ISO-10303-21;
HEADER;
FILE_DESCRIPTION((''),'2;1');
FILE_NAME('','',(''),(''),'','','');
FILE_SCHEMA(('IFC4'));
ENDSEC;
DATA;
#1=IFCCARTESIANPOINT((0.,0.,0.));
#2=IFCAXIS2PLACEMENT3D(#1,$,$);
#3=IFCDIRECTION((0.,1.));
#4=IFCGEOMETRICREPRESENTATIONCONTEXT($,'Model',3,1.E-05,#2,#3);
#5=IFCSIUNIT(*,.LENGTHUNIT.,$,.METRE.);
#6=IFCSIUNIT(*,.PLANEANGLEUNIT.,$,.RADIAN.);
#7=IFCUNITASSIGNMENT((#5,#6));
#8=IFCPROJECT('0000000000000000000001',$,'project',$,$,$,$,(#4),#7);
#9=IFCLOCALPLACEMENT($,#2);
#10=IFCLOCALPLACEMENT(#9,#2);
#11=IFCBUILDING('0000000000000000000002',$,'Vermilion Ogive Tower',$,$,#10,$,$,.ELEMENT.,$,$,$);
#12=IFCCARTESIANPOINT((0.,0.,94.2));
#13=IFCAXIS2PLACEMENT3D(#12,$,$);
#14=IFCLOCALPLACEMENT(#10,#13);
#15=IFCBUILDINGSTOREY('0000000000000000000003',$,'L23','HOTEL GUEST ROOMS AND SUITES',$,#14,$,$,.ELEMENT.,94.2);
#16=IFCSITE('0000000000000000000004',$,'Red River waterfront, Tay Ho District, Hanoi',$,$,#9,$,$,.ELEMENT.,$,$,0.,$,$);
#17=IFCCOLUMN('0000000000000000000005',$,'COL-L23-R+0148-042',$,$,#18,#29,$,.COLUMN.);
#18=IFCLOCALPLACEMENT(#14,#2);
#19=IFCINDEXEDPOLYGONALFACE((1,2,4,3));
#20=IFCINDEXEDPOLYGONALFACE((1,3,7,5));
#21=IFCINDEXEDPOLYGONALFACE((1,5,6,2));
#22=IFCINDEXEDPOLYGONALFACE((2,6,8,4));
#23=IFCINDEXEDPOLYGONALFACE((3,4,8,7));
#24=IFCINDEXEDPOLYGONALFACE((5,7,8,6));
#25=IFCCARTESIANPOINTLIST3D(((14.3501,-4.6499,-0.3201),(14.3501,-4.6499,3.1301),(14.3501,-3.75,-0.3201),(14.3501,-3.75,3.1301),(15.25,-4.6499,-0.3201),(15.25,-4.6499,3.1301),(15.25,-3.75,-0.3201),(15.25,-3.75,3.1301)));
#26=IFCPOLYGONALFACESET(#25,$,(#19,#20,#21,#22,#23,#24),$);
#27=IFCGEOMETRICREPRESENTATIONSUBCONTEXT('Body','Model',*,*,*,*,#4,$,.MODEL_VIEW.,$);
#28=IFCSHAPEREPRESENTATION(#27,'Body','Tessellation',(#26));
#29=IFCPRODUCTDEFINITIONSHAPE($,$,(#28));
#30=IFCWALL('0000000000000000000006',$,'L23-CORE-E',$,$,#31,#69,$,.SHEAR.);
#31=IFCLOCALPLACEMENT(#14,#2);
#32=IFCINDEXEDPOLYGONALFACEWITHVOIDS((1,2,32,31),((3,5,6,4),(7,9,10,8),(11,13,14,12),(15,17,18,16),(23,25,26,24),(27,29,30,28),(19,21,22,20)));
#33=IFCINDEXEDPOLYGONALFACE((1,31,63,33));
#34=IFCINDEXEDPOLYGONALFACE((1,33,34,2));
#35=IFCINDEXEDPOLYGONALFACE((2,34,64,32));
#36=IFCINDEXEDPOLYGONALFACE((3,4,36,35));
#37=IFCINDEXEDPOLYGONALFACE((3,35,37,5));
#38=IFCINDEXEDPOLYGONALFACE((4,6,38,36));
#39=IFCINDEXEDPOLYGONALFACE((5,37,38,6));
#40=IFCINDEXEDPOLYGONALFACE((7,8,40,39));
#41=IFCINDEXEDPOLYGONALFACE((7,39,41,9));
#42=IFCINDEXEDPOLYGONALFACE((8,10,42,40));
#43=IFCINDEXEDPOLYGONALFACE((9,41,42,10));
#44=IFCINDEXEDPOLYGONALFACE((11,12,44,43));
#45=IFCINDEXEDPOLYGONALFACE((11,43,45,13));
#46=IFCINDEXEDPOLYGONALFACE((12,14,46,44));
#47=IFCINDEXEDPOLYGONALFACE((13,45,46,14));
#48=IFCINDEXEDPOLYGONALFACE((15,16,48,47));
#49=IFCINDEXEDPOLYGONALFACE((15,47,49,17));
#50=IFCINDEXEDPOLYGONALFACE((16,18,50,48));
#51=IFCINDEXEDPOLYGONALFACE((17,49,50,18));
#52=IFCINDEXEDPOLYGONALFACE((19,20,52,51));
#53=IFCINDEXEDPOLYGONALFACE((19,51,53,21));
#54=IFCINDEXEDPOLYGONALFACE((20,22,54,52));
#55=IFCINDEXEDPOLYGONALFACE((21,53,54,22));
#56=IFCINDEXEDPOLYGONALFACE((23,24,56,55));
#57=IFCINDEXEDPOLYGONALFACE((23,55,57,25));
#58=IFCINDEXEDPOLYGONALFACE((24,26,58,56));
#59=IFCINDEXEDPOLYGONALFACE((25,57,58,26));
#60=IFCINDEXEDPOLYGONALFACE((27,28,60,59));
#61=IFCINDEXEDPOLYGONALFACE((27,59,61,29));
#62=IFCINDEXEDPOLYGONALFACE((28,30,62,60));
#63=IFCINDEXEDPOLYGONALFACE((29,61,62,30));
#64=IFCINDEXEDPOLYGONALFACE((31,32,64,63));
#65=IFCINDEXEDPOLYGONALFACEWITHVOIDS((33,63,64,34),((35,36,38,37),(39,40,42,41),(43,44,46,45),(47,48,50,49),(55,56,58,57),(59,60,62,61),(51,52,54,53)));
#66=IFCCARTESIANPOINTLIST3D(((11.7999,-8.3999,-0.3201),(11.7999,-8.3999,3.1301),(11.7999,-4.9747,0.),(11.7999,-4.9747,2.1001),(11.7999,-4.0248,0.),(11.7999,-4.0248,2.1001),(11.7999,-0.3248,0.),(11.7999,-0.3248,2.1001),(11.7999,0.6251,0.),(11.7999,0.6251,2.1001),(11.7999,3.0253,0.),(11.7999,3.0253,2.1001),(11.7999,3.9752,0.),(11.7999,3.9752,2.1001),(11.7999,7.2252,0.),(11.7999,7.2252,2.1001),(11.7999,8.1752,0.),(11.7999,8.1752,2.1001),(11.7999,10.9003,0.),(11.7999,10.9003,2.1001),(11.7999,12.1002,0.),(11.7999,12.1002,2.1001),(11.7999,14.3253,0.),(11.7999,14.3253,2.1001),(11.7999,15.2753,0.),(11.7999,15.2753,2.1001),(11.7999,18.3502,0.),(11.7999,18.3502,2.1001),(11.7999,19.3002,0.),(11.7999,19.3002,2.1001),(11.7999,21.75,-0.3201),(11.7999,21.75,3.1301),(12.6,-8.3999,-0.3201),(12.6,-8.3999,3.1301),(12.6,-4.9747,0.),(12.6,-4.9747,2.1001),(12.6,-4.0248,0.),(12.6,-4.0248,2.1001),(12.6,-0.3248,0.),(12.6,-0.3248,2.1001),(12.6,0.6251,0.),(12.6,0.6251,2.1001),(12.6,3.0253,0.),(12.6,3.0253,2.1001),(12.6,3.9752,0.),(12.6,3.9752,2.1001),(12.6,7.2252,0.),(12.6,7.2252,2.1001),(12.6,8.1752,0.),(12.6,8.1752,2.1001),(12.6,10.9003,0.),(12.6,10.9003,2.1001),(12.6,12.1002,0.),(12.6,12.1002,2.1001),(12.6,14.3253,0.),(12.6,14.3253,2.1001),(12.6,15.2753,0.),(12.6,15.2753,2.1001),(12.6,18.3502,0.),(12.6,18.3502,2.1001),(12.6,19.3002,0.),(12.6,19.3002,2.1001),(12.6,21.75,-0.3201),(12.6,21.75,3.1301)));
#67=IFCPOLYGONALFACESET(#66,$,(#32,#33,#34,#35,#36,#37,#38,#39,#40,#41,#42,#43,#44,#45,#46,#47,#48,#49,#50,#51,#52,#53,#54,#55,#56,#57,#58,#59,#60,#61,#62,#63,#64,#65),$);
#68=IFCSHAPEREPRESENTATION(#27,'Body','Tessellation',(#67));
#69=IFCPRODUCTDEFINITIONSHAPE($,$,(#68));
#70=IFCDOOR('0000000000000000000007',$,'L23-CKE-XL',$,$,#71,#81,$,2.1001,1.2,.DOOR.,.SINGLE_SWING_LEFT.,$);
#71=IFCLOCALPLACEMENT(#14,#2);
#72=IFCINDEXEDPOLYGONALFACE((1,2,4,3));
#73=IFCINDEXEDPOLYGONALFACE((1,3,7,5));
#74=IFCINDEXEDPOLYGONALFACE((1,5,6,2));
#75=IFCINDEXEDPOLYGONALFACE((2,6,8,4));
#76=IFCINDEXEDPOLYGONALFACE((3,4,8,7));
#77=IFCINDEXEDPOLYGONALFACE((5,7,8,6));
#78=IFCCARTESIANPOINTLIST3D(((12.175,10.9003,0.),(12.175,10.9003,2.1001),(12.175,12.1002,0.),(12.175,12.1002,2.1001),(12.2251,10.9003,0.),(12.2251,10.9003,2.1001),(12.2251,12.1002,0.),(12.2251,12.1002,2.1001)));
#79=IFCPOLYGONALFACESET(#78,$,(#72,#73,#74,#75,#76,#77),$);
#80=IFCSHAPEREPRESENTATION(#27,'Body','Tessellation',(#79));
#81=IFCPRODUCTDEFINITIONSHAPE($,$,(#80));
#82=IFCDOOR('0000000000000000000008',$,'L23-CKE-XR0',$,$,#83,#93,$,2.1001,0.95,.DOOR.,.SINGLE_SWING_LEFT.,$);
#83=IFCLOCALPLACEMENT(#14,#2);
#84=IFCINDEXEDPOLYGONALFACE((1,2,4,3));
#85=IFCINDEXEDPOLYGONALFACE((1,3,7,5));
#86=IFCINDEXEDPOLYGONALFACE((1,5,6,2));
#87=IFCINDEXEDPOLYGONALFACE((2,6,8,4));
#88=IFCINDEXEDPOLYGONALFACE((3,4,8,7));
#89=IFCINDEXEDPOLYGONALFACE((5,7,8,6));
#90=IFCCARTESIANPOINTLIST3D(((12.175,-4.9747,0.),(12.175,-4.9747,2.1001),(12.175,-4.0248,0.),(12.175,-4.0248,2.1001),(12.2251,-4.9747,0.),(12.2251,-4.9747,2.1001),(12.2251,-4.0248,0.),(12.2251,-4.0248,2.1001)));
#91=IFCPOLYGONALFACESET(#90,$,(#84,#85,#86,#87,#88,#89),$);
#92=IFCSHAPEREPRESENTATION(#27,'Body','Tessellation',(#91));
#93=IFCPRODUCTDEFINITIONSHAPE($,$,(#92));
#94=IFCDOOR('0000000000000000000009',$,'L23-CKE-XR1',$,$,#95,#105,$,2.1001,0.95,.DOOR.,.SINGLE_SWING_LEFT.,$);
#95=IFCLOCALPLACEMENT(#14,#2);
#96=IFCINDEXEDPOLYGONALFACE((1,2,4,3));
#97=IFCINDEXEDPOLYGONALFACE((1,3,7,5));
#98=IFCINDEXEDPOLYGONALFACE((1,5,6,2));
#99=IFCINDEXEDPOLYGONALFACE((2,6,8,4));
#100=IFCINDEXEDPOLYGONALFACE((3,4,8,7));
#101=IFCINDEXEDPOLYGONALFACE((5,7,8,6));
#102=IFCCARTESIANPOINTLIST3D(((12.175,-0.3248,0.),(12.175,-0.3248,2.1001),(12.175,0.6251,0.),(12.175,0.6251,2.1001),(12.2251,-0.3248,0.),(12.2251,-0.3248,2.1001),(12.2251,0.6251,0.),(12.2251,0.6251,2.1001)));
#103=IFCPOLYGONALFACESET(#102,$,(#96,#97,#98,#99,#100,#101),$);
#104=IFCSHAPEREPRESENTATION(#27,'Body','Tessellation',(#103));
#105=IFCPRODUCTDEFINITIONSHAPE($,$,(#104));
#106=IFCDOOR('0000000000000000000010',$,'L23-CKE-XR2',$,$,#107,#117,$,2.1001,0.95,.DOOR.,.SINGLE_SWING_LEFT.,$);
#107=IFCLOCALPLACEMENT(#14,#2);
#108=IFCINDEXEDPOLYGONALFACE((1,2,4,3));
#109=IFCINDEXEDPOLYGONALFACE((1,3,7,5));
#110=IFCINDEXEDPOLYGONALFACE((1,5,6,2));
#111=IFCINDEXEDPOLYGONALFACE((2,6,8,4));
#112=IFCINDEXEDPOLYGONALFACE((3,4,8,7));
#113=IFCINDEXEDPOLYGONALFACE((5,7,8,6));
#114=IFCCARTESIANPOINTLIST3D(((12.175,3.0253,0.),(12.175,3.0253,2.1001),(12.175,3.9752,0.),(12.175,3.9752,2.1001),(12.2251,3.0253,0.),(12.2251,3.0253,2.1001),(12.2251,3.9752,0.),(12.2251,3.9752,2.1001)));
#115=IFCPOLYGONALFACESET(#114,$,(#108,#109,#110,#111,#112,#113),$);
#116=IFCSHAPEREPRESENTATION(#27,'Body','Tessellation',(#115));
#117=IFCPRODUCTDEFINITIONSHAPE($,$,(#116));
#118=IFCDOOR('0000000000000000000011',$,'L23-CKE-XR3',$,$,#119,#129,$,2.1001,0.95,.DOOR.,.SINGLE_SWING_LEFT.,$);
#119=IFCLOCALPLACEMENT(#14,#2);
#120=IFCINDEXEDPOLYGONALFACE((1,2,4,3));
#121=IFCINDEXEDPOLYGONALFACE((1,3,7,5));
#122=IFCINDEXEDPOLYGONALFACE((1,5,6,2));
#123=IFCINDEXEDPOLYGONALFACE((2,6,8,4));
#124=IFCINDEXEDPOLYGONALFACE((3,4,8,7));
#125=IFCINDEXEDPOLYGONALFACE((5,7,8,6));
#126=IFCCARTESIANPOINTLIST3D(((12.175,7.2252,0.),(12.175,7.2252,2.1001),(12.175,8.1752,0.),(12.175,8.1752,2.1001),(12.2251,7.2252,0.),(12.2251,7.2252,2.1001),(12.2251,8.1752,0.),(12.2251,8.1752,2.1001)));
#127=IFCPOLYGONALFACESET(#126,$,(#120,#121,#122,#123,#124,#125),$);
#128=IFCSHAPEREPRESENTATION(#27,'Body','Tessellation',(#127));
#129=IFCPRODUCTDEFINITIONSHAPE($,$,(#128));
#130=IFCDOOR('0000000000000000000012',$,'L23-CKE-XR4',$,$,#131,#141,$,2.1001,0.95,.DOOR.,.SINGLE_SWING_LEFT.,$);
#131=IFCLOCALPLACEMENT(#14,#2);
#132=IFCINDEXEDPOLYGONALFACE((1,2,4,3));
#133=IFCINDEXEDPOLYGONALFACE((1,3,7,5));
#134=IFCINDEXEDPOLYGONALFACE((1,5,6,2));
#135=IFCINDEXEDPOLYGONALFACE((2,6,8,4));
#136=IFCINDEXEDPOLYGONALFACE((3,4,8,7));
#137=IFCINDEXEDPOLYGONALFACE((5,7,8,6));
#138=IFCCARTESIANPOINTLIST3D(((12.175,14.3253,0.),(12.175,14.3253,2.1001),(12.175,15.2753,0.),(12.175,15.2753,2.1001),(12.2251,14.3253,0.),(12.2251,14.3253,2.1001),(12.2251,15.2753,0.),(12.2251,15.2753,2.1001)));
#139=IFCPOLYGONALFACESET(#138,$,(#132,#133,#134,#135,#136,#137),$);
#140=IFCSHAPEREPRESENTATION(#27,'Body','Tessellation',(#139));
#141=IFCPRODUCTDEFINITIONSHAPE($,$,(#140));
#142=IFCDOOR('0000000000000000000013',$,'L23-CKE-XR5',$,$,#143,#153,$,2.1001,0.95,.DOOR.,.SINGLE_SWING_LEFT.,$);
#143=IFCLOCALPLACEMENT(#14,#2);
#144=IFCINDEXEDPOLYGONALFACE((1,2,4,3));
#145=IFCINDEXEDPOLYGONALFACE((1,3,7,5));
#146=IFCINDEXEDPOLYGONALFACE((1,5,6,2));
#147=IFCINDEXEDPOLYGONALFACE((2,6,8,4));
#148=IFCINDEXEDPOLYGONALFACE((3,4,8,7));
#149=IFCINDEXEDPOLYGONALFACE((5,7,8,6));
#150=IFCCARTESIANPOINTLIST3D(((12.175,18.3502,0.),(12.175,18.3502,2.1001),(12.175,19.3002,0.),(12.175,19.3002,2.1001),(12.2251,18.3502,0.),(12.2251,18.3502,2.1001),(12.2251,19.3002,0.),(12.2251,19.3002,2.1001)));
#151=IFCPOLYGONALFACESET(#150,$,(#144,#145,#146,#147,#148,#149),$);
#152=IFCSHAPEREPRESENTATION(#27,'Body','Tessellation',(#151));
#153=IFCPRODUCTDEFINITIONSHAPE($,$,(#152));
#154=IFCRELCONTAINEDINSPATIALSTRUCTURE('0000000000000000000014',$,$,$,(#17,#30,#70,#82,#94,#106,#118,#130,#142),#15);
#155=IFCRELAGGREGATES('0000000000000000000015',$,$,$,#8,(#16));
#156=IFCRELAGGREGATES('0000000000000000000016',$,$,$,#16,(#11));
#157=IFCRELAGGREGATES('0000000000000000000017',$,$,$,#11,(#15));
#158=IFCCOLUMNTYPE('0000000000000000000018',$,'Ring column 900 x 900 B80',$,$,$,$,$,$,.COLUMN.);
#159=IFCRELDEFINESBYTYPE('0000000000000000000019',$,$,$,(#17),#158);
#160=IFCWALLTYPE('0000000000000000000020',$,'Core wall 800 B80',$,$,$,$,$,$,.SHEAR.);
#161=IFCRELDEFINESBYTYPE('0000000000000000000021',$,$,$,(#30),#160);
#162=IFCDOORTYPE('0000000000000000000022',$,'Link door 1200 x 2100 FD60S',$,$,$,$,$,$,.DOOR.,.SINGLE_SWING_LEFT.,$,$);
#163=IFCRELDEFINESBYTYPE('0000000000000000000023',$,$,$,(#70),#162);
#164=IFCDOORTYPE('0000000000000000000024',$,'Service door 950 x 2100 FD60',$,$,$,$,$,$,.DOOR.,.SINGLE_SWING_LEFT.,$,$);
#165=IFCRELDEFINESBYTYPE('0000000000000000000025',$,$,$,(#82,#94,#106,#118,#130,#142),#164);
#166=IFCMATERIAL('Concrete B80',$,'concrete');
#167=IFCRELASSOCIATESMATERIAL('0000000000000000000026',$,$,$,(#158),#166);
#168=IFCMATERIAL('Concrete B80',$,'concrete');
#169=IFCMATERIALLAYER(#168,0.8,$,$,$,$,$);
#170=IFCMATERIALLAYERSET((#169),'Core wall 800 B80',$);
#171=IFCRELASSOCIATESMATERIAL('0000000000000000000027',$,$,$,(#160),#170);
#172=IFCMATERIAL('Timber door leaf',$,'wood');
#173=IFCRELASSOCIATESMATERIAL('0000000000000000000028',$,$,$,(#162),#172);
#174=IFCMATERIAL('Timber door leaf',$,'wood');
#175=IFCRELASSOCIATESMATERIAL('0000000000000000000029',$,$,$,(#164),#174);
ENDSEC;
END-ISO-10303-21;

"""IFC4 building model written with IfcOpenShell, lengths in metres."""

from ifc_helpers import new_model, si_unit, direction, frame, frame_2d, origin, origin_2d, place, context, subcontext, project, spatial, rectangle, extrude, material, layer, layer_set, material_profile, profile_set, type_object, element, fill, save


model = new_model("IFC4")

# Units and contexts
model_context = context("Model", 3, precision=1e-05, world=origin(), true_north=direction((0.0, 1.0)))
body_context = subcontext(model_context, "Body", "Model", "MODEL_VIEW")
ifc_project = project(units=[si_unit("LENGTHUNIT", "METRE"), si_unit("PLANEANGLEUNIT", "RADIAN")], contexts=[model_context])

# Site, building, storey
site_placement = place(None, origin())
site = spatial("IfcSite", under=ifc_project, at=site_placement, Name="Red River waterfront, Tay Ho District, Hanoi", CompositionType="ELEMENT", RefElevation=0.0)
building_placement = place(site_placement, origin())
building = spatial("IfcBuilding", under=site, at=building_placement, Name="Vermilion Ogive Tower", CompositionType="ELEMENT")
storey_placement = place(building_placement, frame((0.0, 0.0, 94.2)))
storey = spatial("IfcBuildingStorey", under=building, at=storey_placement, Name="L23", Description="HOTEL GUEST ROOMS AND SUITES", CompositionType="ELEMENT", Elevation=94.2)

# Column
ifc_material_1 = material(Name="Concrete B80", Category="concrete")
ifc_material_profile = material_profile(ifc_material_1, rectangle(XDim=0.8999, YDim=0.8999, at=origin_2d()), Name="900 x 900")
ifc_profile_set = profile_set([ifc_material_profile], Name="Concrete B80")
column_type = type_object("IfcColumnType", Name="Ring column 900 x 900 B80", PredefinedType="COLUMN", material=ifc_profile_set)
column_placement = place(storey_placement, frame((14.8, -4.2, -0.3201), z_axis=(0.0, 0.0, 1.0), x_axis=(1.0, 0.0, 0.0)))
element("IfcColumn", 1, at=column_placement, inside=storey, type_object=column_type, Name="COL-L23-R+0148-042", PredefinedType="COLUMN", context=body_context, shape_type="SweptSolid", body=[
    extrude(rectangle(XDim=0.8999, YDim=0.8999, at=origin_2d()), origin(), (0.0, 0.0, 1.0), 3.4502),
])

# Wall, openings, doors
ifc_material_2 = material(Name="Concrete B80", Category="concrete")
ifc_layer_1 = layer(ifc_material_2, 0.8)
ifc_layer_set_1 = layer_set([ifc_layer_1], Name="Core wall 800 B80")
wall_type_1 = type_object("IfcWallType", Name="Core wall 800 B80", PredefinedType="SHEAR", material=ifc_layer_set_1)
wall_1_placement = place(storey_placement, frame((12.2, -8.3999, -0.3201), z_axis=(0.0, 0.0, 1.0), x_axis=(0.0, 1.0, 0.0)))
wall_1 = element("IfcWall", 2, at=wall_1_placement, inside=storey, type_object=wall_type_1, Name="L23-CORE-E", PredefinedType="SHEAR", context=body_context, shape_type="SweptSolid", body=[
    extrude(rectangle(XDim=30.1499, YDim=0.8, at=frame_2d((15.075, 0.0))), origin(), (0.0, 0.0, 1.0), 3.4502),
])
opening_1_placement = place(wall_1_placement, frame((3.425, 0.0, 0.3201)))
opening_1 = element("IfcOpeningElement", 3, at=opening_1_placement, cuts=wall_1, PredefinedType="OPENING", context=body_context, shape_type="SweptSolid", body=[
    extrude(rectangle(XDim=0.95, YDim=2.1001, at=frame_2d((0.4751, 1.05))), frame((0.0, 0.4099, 0.0), z_axis=(0.0, -1.0, 0.0), x_axis=(1.0, 0.0, 0.0)), (0.0, 0.0, 1.0), 0.8201),
])
opening_2_placement = place(wall_1_placement, frame((8.075, 0.0, 0.3201)))
opening_2 = element("IfcOpeningElement", 4, at=opening_2_placement, cuts=wall_1, PredefinedType="OPENING", context=body_context, shape_type="SweptSolid", body=[
    extrude(rectangle(XDim=0.95, YDim=2.1001, at=frame_2d((0.4751, 1.05))), frame((0.0, 0.4099, 0.0), z_axis=(0.0, -1.0, 0.0), x_axis=(1.0, 0.0, 0.0)), (0.0, 0.0, 1.0), 0.8201),
])
opening_3_placement = place(wall_1_placement, frame((11.425, 0.0, 0.3201)))
opening_3 = element("IfcOpeningElement", 5, at=opening_3_placement, cuts=wall_1, PredefinedType="OPENING", context=body_context, shape_type="SweptSolid", body=[
    extrude(rectangle(XDim=0.95, YDim=2.1001, at=frame_2d((0.4751, 1.05))), frame((0.0, 0.4099, 0.0), z_axis=(0.0, -1.0, 0.0), x_axis=(1.0, 0.0, 0.0)), (0.0, 0.0, 1.0), 0.8201),
])
opening_4_placement = place(wall_1_placement, frame((15.625, 0.0, 0.3201)))
opening_4 = element("IfcOpeningElement", 6, at=opening_4_placement, cuts=wall_1, PredefinedType="OPENING", context=body_context, shape_type="SweptSolid", body=[
    extrude(rectangle(XDim=0.95, YDim=2.1001, at=frame_2d((0.4751, 1.05))), frame((0.0, 0.4099, 0.0), z_axis=(0.0, -1.0, 0.0), x_axis=(1.0, 0.0, 0.0)), (0.0, 0.0, 1.0), 0.8201),
])
opening_5_placement = place(wall_1_placement, frame((22.7251, 0.0, 0.3201)))
opening_5 = element("IfcOpeningElement", 7, at=opening_5_placement, cuts=wall_1, PredefinedType="OPENING", context=body_context, shape_type="SweptSolid", body=[
    extrude(rectangle(XDim=0.95, YDim=2.1001, at=frame_2d((0.4751, 1.05))), frame((0.0, 0.4099, 0.0), z_axis=(0.0, -1.0, 0.0), x_axis=(1.0, 0.0, 0.0)), (0.0, 0.0, 1.0), 0.8201),
])
opening_6_placement = place(wall_1_placement, frame((26.75, 0.0, 0.3201)))
opening_6 = element("IfcOpeningElement", 8, at=opening_6_placement, cuts=wall_1, PredefinedType="OPENING", context=body_context, shape_type="SweptSolid", body=[
    extrude(rectangle(XDim=0.95, YDim=2.1001, at=frame_2d((0.4751, 1.05))), frame((0.0, 0.4099, 0.0), z_axis=(0.0, -1.0, 0.0), x_axis=(1.0, 0.0, 0.0)), (0.0, 0.0, 1.0), 0.8201),
])
opening_7_placement = place(wall_1_placement, frame((19.3, 0.0, 0.3201)))
opening_7 = element("IfcOpeningElement", 9, at=opening_7_placement, cuts=wall_1, PredefinedType="OPENING", context=body_context, shape_type="SweptSolid", body=[
    extrude(rectangle(XDim=1.2, YDim=2.1001, at=frame_2d((0.6001, 1.05))), frame((0.0, 0.4099, 0.0), z_axis=(0.0, -1.0, 0.0), x_axis=(1.0, 0.0, 0.0)), (0.0, 0.0, 1.0), 0.8201),
])
ifc_material_3 = material(Name="Timber door leaf", Category="wood")
door_type_1 = type_object("IfcDoorType", Name="Link door 1200 x 2100 FD60S", OperationType="SINGLE_SWING_LEFT", PredefinedType="DOOR", material=ifc_material_3)
door_1_placement = place(opening_7_placement, origin())
door_1 = element("IfcDoor", 10, at=door_1_placement, inside=storey, type_object=door_type_1, Name="L23-CKE-XL", OperationType="SINGLE_SWING_LEFT", OverallHeight=2.1001, OverallWidth=1.2, PredefinedType="DOOR", context=body_context, shape_type="SweptSolid", body=[
    extrude(rectangle(XDim=1.2, YDim=2.1001, at=frame_2d((0.6001, 1.05))), frame((0.0, 0.0249, 0.0), z_axis=(0.0, -1.0, 0.0), x_axis=(1.0, 0.0, 0.0)), (0.0, 0.0, 1.0), 0.05),
])
fill(opening_7, door_1)
ifc_material_4 = material(Name="Timber door leaf", Category="wood")
door_type_2 = type_object("IfcDoorType", Name="Service door 950 x 2100 FD60", OperationType="SINGLE_SWING_LEFT", PredefinedType="DOOR", material=ifc_material_4)
door_2_placement = place(opening_1_placement, origin())
door_2 = element("IfcDoor", 11, at=door_2_placement, inside=storey, type_object=door_type_2, Name="L23-CKE-XR0", OperationType="SINGLE_SWING_LEFT", OverallHeight=2.1001, OverallWidth=0.95, PredefinedType="DOOR", context=body_context, shape_type="SweptSolid", body=[
    extrude(rectangle(XDim=0.95, YDim=2.1001, at=frame_2d((0.4751, 1.05))), frame((0.0, 0.0249, 0.0), z_axis=(0.0, -1.0, 0.0), x_axis=(1.0, 0.0, 0.0)), (0.0, 0.0, 1.0), 0.05),
])
fill(opening_1, door_2)
door_3_placement = place(opening_2_placement, origin())
door_3 = element("IfcDoor", 12, at=door_3_placement, inside=storey, type_object=door_type_2, Name="L23-CKE-XR1", OperationType="SINGLE_SWING_LEFT", OverallHeight=2.1001, OverallWidth=0.95, PredefinedType="DOOR", context=body_context, shape_type="SweptSolid", body=[
    extrude(rectangle(XDim=0.95, YDim=2.1001, at=frame_2d((0.4751, 1.05))), frame((0.0, 0.0249, 0.0), z_axis=(0.0, -1.0, 0.0), x_axis=(1.0, 0.0, 0.0)), (0.0, 0.0, 1.0), 0.05),
])
fill(opening_2, door_3)
door_4_placement = place(opening_3_placement, origin())
door_4 = element("IfcDoor", 13, at=door_4_placement, inside=storey, type_object=door_type_2, Name="L23-CKE-XR2", OperationType="SINGLE_SWING_LEFT", OverallHeight=2.1001, OverallWidth=0.95, PredefinedType="DOOR", context=body_context, shape_type="SweptSolid", body=[
    extrude(rectangle(XDim=0.95, YDim=2.1001, at=frame_2d((0.4751, 1.05))), frame((0.0, 0.0249, 0.0), z_axis=(0.0, -1.0, 0.0), x_axis=(1.0, 0.0, 0.0)), (0.0, 0.0, 1.0), 0.05),
])
fill(opening_3, door_4)
door_5_placement = place(opening_4_placement, origin())
door_5 = element("IfcDoor", 14, at=door_5_placement, inside=storey, type_object=door_type_2, Name="L23-CKE-XR3", OperationType="SINGLE_SWING_LEFT", OverallHeight=2.1001, OverallWidth=0.95, PredefinedType="DOOR", context=body_context, shape_type="SweptSolid", body=[
    extrude(rectangle(XDim=0.95, YDim=2.1001, at=frame_2d((0.4751, 1.05))), frame((0.0, 0.0249, 0.0), z_axis=(0.0, -1.0, 0.0), x_axis=(1.0, 0.0, 0.0)), (0.0, 0.0, 1.0), 0.05),
])
fill(opening_4, door_5)
door_6_placement = place(opening_5_placement, origin())
door_6 = element("IfcDoor", 15, at=door_6_placement, inside=storey, type_object=door_type_2, Name="L23-CKE-XR4", OperationType="SINGLE_SWING_LEFT", OverallHeight=2.1001, OverallWidth=0.95, PredefinedType="DOOR", context=body_context, shape_type="SweptSolid", body=[
    extrude(rectangle(XDim=0.95, YDim=2.1001, at=frame_2d((0.4751, 1.05))), frame((0.0, 0.0249, 0.0), z_axis=(0.0, -1.0, 0.0), x_axis=(1.0, 0.0, 0.0)), (0.0, 0.0, 1.0), 0.05),
])
fill(opening_5, door_6)
door_7_placement = place(opening_6_placement, origin())
door_7 = element("IfcDoor", 16, at=door_7_placement, inside=storey, type_object=door_type_2, Name="L23-CKE-XR5", OperationType="SINGLE_SWING_LEFT", OverallHeight=2.1001, OverallWidth=0.95, PredefinedType="DOOR", context=body_context, shape_type="SweptSolid", body=[
    extrude(rectangle(XDim=0.95, YDim=2.1001, at=frame_2d((0.4751, 1.05))), frame((0.0, 0.0249, 0.0), z_axis=(0.0, -1.0, 0.0), x_axis=(1.0, 0.0, 0.0)), (0.0, 0.0, 1.0), 0.05),
])
fill(opening_6, door_7)

save(model, "model.ifc")
